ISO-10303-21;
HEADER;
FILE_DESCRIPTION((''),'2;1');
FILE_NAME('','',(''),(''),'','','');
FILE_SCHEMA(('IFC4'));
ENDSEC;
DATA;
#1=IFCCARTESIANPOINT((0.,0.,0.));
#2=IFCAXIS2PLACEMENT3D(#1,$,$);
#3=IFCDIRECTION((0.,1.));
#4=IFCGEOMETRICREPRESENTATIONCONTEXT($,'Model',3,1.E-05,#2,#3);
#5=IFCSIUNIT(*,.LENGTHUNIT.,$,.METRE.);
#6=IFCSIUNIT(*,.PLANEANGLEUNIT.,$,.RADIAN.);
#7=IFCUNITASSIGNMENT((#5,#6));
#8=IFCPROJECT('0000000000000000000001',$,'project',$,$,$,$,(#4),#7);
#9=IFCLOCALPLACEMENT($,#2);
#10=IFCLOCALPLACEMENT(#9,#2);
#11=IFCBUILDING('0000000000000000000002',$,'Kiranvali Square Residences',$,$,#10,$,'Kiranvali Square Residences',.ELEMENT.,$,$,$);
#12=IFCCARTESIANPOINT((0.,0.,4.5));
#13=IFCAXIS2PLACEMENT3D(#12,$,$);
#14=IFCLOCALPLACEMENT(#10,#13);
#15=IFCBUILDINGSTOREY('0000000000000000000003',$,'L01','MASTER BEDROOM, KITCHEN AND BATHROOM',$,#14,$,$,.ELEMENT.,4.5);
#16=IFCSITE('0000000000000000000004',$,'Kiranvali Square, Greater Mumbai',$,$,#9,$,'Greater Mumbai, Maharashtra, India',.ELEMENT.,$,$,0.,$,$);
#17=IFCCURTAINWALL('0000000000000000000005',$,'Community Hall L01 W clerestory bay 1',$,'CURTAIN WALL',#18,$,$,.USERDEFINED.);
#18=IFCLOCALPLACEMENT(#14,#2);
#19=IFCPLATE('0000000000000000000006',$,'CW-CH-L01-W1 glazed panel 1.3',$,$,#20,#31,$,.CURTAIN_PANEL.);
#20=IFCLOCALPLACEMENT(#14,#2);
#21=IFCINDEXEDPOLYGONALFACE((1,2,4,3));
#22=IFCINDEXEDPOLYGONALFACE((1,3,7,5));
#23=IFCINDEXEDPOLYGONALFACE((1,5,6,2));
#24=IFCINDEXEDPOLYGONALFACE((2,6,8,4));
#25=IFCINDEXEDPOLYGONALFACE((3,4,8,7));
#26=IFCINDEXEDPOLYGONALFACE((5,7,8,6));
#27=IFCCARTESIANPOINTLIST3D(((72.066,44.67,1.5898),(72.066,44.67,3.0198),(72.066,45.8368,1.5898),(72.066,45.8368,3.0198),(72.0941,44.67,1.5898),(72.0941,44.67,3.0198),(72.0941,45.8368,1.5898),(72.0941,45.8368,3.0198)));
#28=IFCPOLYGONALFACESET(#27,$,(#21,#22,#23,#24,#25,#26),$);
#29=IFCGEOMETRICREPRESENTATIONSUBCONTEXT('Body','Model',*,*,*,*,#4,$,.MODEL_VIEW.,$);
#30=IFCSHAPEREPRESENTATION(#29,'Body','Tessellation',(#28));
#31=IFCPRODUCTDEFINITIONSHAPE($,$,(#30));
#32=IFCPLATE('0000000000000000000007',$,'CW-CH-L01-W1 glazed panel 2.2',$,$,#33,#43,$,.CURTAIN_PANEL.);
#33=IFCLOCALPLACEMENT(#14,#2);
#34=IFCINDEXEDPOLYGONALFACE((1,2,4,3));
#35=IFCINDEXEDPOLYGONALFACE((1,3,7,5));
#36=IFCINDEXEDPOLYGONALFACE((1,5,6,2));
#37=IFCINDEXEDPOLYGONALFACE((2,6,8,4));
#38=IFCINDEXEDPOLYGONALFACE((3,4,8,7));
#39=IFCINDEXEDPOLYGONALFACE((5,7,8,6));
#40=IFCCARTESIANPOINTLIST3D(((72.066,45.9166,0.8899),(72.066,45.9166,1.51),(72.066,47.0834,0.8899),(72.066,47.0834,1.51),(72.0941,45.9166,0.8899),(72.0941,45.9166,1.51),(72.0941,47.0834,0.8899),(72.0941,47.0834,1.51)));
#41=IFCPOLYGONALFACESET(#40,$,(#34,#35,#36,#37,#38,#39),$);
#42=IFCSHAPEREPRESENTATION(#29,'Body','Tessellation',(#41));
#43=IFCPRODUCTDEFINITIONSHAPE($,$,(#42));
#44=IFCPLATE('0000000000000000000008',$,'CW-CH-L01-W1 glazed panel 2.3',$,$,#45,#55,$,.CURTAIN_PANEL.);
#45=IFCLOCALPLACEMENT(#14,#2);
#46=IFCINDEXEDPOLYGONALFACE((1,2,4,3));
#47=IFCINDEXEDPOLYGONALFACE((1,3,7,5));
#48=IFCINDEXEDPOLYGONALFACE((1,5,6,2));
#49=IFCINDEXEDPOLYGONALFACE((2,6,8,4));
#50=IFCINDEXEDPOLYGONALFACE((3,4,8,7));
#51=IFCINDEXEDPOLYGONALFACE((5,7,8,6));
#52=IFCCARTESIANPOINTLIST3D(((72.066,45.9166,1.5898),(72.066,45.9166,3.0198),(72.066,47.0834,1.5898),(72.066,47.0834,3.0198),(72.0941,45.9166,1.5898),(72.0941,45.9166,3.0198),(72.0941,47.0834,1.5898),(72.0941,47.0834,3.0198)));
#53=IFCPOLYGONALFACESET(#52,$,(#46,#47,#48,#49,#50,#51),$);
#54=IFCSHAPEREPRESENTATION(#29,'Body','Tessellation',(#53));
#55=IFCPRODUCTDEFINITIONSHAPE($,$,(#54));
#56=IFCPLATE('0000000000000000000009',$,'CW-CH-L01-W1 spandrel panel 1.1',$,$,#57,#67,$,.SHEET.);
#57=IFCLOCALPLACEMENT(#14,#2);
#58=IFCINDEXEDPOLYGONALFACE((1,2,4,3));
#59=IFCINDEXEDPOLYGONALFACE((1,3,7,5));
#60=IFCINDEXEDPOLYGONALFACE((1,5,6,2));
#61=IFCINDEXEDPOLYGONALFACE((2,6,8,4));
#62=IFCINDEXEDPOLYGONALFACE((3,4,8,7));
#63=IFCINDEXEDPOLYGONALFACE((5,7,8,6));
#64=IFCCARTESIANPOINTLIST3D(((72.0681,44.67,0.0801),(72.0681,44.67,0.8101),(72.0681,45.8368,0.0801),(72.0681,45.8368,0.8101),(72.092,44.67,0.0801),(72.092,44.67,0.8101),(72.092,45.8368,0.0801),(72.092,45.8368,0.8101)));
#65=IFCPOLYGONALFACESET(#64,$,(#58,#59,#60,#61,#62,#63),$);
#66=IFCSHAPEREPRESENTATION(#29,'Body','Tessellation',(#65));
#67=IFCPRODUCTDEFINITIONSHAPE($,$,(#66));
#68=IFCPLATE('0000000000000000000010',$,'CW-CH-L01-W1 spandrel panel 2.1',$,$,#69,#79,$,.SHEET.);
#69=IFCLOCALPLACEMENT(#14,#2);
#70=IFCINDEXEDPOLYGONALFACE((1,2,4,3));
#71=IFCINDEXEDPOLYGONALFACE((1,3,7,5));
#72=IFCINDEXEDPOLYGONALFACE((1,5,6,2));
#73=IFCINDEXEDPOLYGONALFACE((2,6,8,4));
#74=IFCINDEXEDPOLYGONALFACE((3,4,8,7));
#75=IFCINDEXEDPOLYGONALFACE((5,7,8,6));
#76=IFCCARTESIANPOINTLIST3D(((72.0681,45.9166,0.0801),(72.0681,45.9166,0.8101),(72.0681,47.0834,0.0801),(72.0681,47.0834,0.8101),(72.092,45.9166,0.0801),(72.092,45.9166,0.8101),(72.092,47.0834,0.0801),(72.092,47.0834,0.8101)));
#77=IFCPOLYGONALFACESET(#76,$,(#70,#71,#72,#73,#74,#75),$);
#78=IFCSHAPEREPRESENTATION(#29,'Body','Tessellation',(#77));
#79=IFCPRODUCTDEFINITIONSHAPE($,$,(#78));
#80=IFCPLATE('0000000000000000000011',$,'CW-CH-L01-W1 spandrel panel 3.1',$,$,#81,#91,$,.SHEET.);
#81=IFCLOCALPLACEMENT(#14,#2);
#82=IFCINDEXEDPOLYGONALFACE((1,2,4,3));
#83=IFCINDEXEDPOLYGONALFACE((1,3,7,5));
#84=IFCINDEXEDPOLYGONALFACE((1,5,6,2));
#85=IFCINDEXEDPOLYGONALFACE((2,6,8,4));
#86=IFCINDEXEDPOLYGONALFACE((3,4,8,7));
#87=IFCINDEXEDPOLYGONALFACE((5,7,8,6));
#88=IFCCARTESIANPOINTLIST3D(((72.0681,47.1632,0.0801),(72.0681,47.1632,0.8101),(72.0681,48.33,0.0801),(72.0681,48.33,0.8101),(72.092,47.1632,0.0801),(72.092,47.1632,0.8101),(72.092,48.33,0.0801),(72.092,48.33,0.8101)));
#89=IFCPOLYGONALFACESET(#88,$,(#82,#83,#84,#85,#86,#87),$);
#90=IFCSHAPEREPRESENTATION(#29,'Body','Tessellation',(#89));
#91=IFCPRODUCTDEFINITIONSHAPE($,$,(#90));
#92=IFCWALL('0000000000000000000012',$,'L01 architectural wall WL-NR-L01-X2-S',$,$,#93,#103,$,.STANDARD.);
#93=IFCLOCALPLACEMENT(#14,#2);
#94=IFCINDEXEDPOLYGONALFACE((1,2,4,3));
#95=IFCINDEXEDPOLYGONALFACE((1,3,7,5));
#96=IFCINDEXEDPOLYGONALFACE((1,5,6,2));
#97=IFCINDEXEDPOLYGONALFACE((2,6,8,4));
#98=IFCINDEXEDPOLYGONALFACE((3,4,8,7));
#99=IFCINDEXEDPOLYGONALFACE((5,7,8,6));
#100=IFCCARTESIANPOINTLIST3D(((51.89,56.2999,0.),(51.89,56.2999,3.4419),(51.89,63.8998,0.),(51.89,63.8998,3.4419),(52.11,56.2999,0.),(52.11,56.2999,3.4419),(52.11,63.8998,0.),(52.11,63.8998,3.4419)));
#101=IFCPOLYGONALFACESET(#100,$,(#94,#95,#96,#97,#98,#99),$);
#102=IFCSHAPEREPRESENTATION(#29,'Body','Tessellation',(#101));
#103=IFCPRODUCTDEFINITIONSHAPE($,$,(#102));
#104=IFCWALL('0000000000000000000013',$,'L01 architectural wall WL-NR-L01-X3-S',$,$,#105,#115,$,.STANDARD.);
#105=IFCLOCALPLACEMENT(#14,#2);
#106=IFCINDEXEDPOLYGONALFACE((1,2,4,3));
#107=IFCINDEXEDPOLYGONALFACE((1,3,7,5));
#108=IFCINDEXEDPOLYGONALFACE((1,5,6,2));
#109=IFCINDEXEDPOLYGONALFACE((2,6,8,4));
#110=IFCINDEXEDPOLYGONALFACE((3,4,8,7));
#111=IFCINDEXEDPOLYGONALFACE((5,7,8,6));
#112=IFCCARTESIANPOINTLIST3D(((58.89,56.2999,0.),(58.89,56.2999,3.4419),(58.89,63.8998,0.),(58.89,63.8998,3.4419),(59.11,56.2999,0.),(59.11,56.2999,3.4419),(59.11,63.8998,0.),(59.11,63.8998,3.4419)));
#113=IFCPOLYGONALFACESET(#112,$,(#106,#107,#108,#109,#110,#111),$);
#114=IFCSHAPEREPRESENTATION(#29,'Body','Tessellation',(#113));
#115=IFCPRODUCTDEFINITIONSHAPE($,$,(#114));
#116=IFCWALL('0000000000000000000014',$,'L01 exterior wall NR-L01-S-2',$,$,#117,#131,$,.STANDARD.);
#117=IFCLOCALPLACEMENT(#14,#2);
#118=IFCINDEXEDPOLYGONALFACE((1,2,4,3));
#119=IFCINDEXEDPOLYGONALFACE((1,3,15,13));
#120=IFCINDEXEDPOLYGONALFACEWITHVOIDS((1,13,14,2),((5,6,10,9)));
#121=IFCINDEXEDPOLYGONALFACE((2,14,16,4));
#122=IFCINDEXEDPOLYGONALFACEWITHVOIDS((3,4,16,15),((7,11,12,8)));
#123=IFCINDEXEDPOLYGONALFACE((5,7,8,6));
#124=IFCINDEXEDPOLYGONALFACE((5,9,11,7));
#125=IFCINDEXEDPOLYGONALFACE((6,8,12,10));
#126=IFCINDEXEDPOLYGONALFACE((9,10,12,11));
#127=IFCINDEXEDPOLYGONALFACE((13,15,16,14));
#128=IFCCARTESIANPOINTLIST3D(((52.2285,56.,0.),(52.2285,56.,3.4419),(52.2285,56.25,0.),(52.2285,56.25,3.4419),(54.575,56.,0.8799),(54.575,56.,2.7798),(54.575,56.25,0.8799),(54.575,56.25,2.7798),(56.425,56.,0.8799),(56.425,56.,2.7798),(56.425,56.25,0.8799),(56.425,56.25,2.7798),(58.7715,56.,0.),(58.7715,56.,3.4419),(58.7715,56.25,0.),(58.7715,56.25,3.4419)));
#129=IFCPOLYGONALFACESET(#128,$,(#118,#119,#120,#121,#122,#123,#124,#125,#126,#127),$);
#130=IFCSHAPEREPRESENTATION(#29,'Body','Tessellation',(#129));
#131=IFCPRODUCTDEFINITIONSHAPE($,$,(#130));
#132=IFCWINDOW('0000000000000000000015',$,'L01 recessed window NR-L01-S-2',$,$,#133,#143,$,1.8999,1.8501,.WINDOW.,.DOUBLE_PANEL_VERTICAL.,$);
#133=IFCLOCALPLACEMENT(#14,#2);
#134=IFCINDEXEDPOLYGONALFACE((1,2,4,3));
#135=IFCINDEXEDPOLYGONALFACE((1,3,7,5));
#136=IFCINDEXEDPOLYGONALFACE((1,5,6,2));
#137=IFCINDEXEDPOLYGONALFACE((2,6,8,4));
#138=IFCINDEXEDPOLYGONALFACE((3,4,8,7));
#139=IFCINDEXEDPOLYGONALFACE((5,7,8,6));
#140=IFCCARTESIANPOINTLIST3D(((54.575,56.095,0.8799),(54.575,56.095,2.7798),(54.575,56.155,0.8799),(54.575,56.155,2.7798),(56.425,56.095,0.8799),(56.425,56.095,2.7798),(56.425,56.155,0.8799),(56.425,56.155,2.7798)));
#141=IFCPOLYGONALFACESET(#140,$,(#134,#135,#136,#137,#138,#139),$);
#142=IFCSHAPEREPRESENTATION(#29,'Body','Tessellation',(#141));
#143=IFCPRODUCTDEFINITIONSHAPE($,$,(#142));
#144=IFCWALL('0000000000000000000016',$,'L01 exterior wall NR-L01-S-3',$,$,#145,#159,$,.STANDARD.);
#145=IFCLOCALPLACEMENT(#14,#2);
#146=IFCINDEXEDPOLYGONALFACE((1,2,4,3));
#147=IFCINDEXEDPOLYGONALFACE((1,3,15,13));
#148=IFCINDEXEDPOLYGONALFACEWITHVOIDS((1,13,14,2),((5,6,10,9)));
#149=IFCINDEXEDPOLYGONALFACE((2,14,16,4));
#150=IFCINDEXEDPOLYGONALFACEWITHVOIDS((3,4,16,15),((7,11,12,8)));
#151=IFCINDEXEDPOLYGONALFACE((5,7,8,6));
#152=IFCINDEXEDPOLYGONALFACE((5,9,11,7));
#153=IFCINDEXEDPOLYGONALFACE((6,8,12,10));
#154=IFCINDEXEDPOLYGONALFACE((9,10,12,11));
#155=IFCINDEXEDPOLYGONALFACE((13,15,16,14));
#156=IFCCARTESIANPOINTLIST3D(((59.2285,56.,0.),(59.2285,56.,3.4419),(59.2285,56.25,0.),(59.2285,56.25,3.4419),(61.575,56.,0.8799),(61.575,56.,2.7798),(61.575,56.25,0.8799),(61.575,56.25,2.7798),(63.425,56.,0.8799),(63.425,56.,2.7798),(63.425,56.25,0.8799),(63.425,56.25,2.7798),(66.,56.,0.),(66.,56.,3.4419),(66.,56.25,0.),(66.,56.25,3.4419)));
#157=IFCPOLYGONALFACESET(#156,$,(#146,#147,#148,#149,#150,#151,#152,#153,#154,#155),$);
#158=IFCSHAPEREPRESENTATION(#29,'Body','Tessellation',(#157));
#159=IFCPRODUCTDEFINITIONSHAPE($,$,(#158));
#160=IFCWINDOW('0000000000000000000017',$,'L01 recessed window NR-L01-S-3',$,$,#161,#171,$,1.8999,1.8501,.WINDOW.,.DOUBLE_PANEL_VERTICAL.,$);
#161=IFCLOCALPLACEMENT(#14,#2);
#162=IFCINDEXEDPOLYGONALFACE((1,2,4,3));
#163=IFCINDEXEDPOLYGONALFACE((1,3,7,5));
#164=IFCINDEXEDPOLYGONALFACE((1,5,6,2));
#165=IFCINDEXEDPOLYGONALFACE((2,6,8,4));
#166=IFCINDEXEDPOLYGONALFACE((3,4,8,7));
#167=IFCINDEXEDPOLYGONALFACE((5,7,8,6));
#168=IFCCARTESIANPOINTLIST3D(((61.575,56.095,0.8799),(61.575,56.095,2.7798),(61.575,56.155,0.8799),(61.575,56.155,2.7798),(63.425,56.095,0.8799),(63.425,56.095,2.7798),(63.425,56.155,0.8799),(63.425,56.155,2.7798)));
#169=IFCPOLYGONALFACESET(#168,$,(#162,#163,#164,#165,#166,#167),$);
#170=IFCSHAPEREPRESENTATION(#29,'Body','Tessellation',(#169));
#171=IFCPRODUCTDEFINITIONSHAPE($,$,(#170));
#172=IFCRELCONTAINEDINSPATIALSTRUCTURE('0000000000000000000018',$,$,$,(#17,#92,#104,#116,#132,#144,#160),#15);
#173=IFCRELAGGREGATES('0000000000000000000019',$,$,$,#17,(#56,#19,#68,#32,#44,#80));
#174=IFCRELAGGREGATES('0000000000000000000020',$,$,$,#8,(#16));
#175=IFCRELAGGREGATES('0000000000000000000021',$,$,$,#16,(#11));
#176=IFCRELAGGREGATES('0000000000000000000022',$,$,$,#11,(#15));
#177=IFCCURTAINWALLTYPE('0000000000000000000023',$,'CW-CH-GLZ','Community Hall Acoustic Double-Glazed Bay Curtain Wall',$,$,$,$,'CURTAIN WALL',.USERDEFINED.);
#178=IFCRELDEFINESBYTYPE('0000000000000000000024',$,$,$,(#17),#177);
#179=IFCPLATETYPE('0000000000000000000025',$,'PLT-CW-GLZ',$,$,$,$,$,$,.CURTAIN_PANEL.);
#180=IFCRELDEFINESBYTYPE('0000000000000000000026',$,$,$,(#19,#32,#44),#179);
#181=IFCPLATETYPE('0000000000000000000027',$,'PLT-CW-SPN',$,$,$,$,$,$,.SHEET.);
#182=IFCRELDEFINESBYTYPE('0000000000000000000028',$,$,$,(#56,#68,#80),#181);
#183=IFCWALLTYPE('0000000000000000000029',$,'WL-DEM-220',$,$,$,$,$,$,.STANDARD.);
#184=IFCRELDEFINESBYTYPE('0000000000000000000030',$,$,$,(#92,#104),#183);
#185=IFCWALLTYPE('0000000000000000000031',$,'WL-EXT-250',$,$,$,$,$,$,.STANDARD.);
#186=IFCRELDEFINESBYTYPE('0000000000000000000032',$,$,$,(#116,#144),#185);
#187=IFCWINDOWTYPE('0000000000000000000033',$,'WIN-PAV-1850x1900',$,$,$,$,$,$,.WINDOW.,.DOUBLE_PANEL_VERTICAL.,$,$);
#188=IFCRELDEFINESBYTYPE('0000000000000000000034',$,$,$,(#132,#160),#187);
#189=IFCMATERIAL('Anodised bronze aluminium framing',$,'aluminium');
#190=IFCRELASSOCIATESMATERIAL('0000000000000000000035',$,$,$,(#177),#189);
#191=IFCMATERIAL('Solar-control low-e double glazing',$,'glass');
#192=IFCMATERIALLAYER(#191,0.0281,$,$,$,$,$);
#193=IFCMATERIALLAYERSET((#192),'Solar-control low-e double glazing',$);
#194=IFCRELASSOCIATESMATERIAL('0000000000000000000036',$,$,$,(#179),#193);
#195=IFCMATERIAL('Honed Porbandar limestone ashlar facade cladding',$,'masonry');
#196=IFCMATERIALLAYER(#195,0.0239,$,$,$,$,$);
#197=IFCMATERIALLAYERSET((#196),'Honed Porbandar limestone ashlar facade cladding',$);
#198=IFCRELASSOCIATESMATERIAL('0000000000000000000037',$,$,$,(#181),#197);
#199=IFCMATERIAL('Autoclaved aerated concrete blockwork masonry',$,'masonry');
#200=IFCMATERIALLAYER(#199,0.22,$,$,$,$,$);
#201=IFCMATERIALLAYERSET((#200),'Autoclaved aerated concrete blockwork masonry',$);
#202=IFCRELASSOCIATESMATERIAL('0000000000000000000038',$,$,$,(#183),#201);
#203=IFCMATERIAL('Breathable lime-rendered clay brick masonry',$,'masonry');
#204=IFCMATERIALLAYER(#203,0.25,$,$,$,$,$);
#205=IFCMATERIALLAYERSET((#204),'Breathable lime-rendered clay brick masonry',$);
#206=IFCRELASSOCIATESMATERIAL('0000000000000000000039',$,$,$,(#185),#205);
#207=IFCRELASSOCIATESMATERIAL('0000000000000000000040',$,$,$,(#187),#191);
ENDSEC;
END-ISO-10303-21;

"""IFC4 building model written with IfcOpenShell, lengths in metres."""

from ifc_helpers import new_model, si_unit, direction, frame, frame_2d, origin, origin_2d, place, context, subcontext, project, spatial, rectangle, extrude, material, layer, layer_set, type_object, element, fill, aggregate, save


model = new_model("IFC4")

# Units and contexts
model_context = context("Model", 3, precision=1e-05, world=origin(), true_north=direction((0.0, 1.0)))
body_context = subcontext(model_context, "Body", "Model", "MODEL_VIEW")
ifc_project = project(units=[si_unit("LENGTHUNIT", "METRE"), si_unit("PLANEANGLEUNIT", "RADIAN")], contexts=[model_context])

# Site, building, storey
site_placement = place(None, origin())
site = spatial("IfcSite", under=ifc_project, at=site_placement, Name="Kiranvali Square, Greater Mumbai", LongName="Greater Mumbai, Maharashtra, India", CompositionType="ELEMENT", RefElevation=0.0)
building_placement = place(site_placement, origin())
building = spatial("IfcBuilding", under=site, at=building_placement, Name="Kiranvali Square Residences", LongName="Kiranvali Square Residences", CompositionType="ELEMENT")
storey_placement = place(building_placement, frame((0.0, 0.0, 4.5)))
storey = spatial("IfcBuildingStorey", under=building, at=storey_placement, Name="L01", Description="MASTER BEDROOM, KITCHEN AND BATHROOM", CompositionType="ELEMENT", Elevation=4.5)

# Curtain wall, plates
ifc_material_1 = material(Name="Anodised bronze aluminium framing", Category="aluminium")
curtain_wall_type = type_object("IfcCurtainWallType", Name="CW-CH-GLZ", Description="Community Hall Acoustic Double-Glazed Bay Curtain Wall", ElementType="CURTAIN WALL", PredefinedType="USERDEFINED", material=ifc_material_1)
curtain_wall_placement = place(storey_placement, origin())
curtain_wall = element("IfcCurtainWall", 1, at=curtain_wall_placement, inside=storey, type_object=curtain_wall_type, Name="Community Hall L01 W clerestory bay 1", ObjectType="CURTAIN WALL", PredefinedType="USERDEFINED")
ifc_material_2 = material(Name="Solar-control low-e double glazing", Category="glass")
ifc_layer_1 = layer(ifc_material_2, 0.0281)
ifc_layer_set_1 = layer_set([ifc_layer_1], Name="Solar-control low-e double glazing")
plate_type_1 = type_object("IfcPlateType", Name="PLT-CW-GLZ", PredefinedType="CURTAIN_PANEL", material=ifc_layer_set_1)
plate_1_placement = place(storey_placement, frame((72.0801, 45.2534, 1.5898), z_axis=(0.0, 0.0, 1.0), x_axis=(0.0, 1.0, 0.0)))
plate_1 = element("IfcPlate", 2, at=plate_1_placement, type_object=plate_type_1, Name="CW-CH-L01-W1 glazed panel 1.3", PredefinedType="CURTAIN_PANEL", context=body_context, shape_type="SweptSolid", body=[
    extrude(rectangle(XDim=1.1667, YDim=0.0281, at=origin_2d()), origin(), (0.0, 0.0, 1.0), 1.4299),
])
plate_2_placement = place(storey_placement, frame((72.0801, 46.5, 0.8899), z_axis=(0.0, 0.0, 1.0), x_axis=(0.0, 1.0, 0.0)))
plate_2 = element("IfcPlate", 3, at=plate_2_placement, type_object=plate_type_1, Name="CW-CH-L01-W1 glazed panel 2.2", PredefinedType="CURTAIN_PANEL", context=body_context, shape_type="SweptSolid", body=[
    extrude(rectangle(XDim=1.1667, YDim=0.0281, at=origin_2d()), origin(), (0.0, 0.0, 1.0), 0.6201),
])
plate_3_placement = place(storey_placement, frame((72.0801, 46.5, 1.5898), z_axis=(0.0, 0.0, 1.0), x_axis=(0.0, 1.0, 0.0)))
plate_3 = element("IfcPlate", 4, at=plate_3_placement, type_object=plate_type_1, Name="CW-CH-L01-W1 glazed panel 2.3", PredefinedType="CURTAIN_PANEL", context=body_context, shape_type="SweptSolid", body=[
    extrude(rectangle(XDim=1.1667, YDim=0.0281, at=origin_2d()), origin(), (0.0, 0.0, 1.0), 1.4299),
])
ifc_material_3 = material(Name="Honed Porbandar limestone ashlar facade cladding", Category="masonry")
ifc_layer_2 = layer(ifc_material_3, 0.0239)
ifc_layer_set_2 = layer_set([ifc_layer_2], Name="Honed Porbandar limestone ashlar facade cladding")
plate_type_2 = type_object("IfcPlateType", Name="PLT-CW-SPN", PredefinedType="SHEET", material=ifc_layer_set_2)
plate_4_placement = place(storey_placement, frame((72.0801, 45.2534, 0.0801), z_axis=(0.0, 0.0, 1.0), x_axis=(0.0, 1.0, 0.0)))
plate_4 = element("IfcPlate", 5, at=plate_4_placement, type_object=plate_type_2, Name="CW-CH-L01-W1 spandrel panel 1.1", PredefinedType="SHEET", context=body_context, shape_type="SweptSolid", body=[
    extrude(rectangle(XDim=1.1667, YDim=0.0239, at=origin_2d()), origin(), (0.0, 0.0, 1.0), 0.73),
])
plate_5_placement = place(storey_placement, frame((72.0801, 46.5, 0.0801), z_axis=(0.0, 0.0, 1.0), x_axis=(0.0, 1.0, 0.0)))
plate_5 = element("IfcPlate", 6, at=plate_5_placement, type_object=plate_type_2, Name="CW-CH-L01-W1 spandrel panel 2.1", PredefinedType="SHEET", context=body_context, shape_type="SweptSolid", body=[
    extrude(rectangle(XDim=1.1667, YDim=0.0239, at=origin_2d()), origin(), (0.0, 0.0, 1.0), 0.73),
])
plate_6_placement = place(storey_placement, frame((72.0801, 47.7466, 0.0801), z_axis=(0.0, 0.0, 1.0), x_axis=(0.0, 1.0, 0.0)))
plate_6 = element("IfcPlate", 7, at=plate_6_placement, type_object=plate_type_2, Name="CW-CH-L01-W1 spandrel panel 3.1", PredefinedType="SHEET", context=body_context, shape_type="SweptSolid", body=[
    extrude(rectangle(XDim=1.1667, YDim=0.0239, at=origin_2d()), origin(), (0.0, 0.0, 1.0), 0.73),
])
aggregate(curtain_wall, [plate_4, plate_1, plate_5, plate_2, plate_3, plate_6])

# Walls
ifc_material_4 = material(Name="Autoclaved aerated concrete blockwork masonry", Category="masonry")
ifc_layer_3 = layer(ifc_material_4, 0.22)
ifc_layer_set_3 = layer_set([ifc_layer_3], Name="Autoclaved aerated concrete blockwork masonry")
wall_type_1 = type_object("IfcWallType", Name="WL-DEM-220", PredefinedType="STANDARD", material=ifc_layer_set_3)
for number, where, z_axis, x_axis, name in (
    (8, (52.0, 56.3, 0.0), (0.0, 0.0, 1.0), (0.0, 1.0, 0.0), "L01 architectural wall WL-NR-L01-X2-S"),
    (9, (59.0, 56.3, 0.0), (0.0, 0.0, 1.0), (0.0, 1.0, 0.0), "L01 architectural wall WL-NR-L01-X3-S"),
):
    element("IfcWall", number, at=place(storey_placement, frame(where, z_axis=z_axis, x_axis=x_axis)), inside=storey, type_object=wall_type_1, Name=name, PredefinedType="STANDARD", context=body_context, shape_type="SweptSolid", body=[
        extrude(rectangle(XDim=7.5999, YDim=0.22, at=frame_2d((3.7998, 0.0))), origin(), (0.0, 0.0, 1.0), 3.4419),
    ])

# Walls, openings, windows
ifc_material_5 = material(Name="Breathable lime-rendered clay brick masonry", Category="masonry")
ifc_layer_4 = layer(ifc_material_5, 0.25)
ifc_layer_set_4 = layer_set([ifc_layer_4], Name="Breathable lime-rendered clay brick masonry")
wall_type_2 = type_object("IfcWallType", Name="WL-EXT-250", PredefinedType="STANDARD", material=ifc_layer_set_4)
wall_1_placement = place(storey_placement, frame((52.2285, 56.125, 0.0), z_axis=(0.0, 0.0, 1.0), x_axis=(1.0, 0.0, 0.0)))
wall_1 = element("IfcWall", 10, at=wall_1_placement, inside=storey, type_object=wall_type_2, Name="L01 exterior wall NR-L01-S-2", PredefinedType="STANDARD", context=body_context, shape_type="SweptSolid", body=[
    extrude(rectangle(XDim=6.543, YDim=0.25, at=frame_2d((3.2715, 0.0))), origin(), (0.0, 0.0, 1.0), 3.4419),
])
opening_1_placement = place(wall_1_placement, frame((2.3464, 0.0, 0.8799)))
opening_1 = element("IfcOpeningElement", 11, at=opening_1_placement, cuts=wall_1, PredefinedType="OPENING", context=body_context, shape_type="SweptSolid", body=[
    extrude(rectangle(XDim=1.8501, YDim=1.8999, at=frame_2d((0.925, 0.95))), frame((0.0, 0.135, 0.0), z_axis=(0.0, -1.0, 0.0), x_axis=(1.0, 0.0, 0.0)), (0.0, 0.0, 1.0), 0.27),
])
window_type = type_object("IfcWindowType", Name="WIN-PAV-1850x1900", PartitioningType="DOUBLE_PANEL_VERTICAL", PredefinedType="WINDOW", material=ifc_material_2)
window_1_placement = place(opening_1_placement, origin())
window_1 = element("IfcWindow", 12, at=window_1_placement, inside=storey, type_object=window_type, Name="L01 recessed window NR-L01-S-2", OverallHeight=1.8999, OverallWidth=1.8501, PartitioningType="DOUBLE_PANEL_VERTICAL", PredefinedType="WINDOW", context=body_context, shape_type="SweptSolid", body=[
    extrude(rectangle(XDim=1.8501, YDim=1.8999, at=frame_2d((0.925, 0.95))), frame((0.0, 0.03, 0.0), z_axis=(0.0, -1.0, 0.0), x_axis=(1.0, 0.0, 0.0)), (0.0, 0.0, 1.0), 0.0601),
])
fill(opening_1, window_1)
wall_2_placement = place(storey_placement, frame((59.2285, 56.125, 0.0), z_axis=(0.0, 0.0, 1.0), x_axis=(1.0, 0.0, 0.0)))
wall_2 = element("IfcWall", 13, at=wall_2_placement, inside=storey, type_object=wall_type_2, Name="L01 exterior wall NR-L01-S-3", PredefinedType="STANDARD", context=body_context, shape_type="SweptSolid", body=[
    extrude(rectangle(XDim=6.7715, YDim=0.25, at=frame_2d((3.3857, 0.0))), origin(), (0.0, 0.0, 1.0), 3.4419),
])
opening_2_placement = place(wall_2_placement, frame((2.3464, 0.0, 0.8799)))
opening_2 = element("IfcOpeningElement", 14, at=opening_2_placement, cuts=wall_2, PredefinedType="OPENING", context=body_context, shape_type="SweptSolid", body=[
    extrude(rectangle(XDim=1.8501, YDim=1.8999, at=frame_2d((0.925, 0.95))), frame((0.0, 0.135, 0.0), z_axis=(0.0, -1.0, 0.0), x_axis=(1.0, 0.0, 0.0)), (0.0, 0.0, 1.0), 0.27),
])
window_2_placement = place(opening_2_placement, origin())
window_2 = element("IfcWindow", 15, at=window_2_placement, inside=storey, type_object=window_type, Name="L01 recessed window NR-L01-S-3", OverallHeight=1.8999, OverallWidth=1.8501, PartitioningType="DOUBLE_PANEL_VERTICAL", PredefinedType="WINDOW", context=body_context, shape_type="SweptSolid", body=[
    extrude(rectangle(XDim=1.8501, YDim=1.8999, at=frame_2d((0.925, 0.95))), frame((0.0, 0.03, 0.0), z_axis=(0.0, -1.0, 0.0), x_axis=(1.0, 0.0, 0.0)), (0.0, 0.0, 1.0), 0.0601),
])
fill(opening_2, window_2)

save(model, "model.ifc")
